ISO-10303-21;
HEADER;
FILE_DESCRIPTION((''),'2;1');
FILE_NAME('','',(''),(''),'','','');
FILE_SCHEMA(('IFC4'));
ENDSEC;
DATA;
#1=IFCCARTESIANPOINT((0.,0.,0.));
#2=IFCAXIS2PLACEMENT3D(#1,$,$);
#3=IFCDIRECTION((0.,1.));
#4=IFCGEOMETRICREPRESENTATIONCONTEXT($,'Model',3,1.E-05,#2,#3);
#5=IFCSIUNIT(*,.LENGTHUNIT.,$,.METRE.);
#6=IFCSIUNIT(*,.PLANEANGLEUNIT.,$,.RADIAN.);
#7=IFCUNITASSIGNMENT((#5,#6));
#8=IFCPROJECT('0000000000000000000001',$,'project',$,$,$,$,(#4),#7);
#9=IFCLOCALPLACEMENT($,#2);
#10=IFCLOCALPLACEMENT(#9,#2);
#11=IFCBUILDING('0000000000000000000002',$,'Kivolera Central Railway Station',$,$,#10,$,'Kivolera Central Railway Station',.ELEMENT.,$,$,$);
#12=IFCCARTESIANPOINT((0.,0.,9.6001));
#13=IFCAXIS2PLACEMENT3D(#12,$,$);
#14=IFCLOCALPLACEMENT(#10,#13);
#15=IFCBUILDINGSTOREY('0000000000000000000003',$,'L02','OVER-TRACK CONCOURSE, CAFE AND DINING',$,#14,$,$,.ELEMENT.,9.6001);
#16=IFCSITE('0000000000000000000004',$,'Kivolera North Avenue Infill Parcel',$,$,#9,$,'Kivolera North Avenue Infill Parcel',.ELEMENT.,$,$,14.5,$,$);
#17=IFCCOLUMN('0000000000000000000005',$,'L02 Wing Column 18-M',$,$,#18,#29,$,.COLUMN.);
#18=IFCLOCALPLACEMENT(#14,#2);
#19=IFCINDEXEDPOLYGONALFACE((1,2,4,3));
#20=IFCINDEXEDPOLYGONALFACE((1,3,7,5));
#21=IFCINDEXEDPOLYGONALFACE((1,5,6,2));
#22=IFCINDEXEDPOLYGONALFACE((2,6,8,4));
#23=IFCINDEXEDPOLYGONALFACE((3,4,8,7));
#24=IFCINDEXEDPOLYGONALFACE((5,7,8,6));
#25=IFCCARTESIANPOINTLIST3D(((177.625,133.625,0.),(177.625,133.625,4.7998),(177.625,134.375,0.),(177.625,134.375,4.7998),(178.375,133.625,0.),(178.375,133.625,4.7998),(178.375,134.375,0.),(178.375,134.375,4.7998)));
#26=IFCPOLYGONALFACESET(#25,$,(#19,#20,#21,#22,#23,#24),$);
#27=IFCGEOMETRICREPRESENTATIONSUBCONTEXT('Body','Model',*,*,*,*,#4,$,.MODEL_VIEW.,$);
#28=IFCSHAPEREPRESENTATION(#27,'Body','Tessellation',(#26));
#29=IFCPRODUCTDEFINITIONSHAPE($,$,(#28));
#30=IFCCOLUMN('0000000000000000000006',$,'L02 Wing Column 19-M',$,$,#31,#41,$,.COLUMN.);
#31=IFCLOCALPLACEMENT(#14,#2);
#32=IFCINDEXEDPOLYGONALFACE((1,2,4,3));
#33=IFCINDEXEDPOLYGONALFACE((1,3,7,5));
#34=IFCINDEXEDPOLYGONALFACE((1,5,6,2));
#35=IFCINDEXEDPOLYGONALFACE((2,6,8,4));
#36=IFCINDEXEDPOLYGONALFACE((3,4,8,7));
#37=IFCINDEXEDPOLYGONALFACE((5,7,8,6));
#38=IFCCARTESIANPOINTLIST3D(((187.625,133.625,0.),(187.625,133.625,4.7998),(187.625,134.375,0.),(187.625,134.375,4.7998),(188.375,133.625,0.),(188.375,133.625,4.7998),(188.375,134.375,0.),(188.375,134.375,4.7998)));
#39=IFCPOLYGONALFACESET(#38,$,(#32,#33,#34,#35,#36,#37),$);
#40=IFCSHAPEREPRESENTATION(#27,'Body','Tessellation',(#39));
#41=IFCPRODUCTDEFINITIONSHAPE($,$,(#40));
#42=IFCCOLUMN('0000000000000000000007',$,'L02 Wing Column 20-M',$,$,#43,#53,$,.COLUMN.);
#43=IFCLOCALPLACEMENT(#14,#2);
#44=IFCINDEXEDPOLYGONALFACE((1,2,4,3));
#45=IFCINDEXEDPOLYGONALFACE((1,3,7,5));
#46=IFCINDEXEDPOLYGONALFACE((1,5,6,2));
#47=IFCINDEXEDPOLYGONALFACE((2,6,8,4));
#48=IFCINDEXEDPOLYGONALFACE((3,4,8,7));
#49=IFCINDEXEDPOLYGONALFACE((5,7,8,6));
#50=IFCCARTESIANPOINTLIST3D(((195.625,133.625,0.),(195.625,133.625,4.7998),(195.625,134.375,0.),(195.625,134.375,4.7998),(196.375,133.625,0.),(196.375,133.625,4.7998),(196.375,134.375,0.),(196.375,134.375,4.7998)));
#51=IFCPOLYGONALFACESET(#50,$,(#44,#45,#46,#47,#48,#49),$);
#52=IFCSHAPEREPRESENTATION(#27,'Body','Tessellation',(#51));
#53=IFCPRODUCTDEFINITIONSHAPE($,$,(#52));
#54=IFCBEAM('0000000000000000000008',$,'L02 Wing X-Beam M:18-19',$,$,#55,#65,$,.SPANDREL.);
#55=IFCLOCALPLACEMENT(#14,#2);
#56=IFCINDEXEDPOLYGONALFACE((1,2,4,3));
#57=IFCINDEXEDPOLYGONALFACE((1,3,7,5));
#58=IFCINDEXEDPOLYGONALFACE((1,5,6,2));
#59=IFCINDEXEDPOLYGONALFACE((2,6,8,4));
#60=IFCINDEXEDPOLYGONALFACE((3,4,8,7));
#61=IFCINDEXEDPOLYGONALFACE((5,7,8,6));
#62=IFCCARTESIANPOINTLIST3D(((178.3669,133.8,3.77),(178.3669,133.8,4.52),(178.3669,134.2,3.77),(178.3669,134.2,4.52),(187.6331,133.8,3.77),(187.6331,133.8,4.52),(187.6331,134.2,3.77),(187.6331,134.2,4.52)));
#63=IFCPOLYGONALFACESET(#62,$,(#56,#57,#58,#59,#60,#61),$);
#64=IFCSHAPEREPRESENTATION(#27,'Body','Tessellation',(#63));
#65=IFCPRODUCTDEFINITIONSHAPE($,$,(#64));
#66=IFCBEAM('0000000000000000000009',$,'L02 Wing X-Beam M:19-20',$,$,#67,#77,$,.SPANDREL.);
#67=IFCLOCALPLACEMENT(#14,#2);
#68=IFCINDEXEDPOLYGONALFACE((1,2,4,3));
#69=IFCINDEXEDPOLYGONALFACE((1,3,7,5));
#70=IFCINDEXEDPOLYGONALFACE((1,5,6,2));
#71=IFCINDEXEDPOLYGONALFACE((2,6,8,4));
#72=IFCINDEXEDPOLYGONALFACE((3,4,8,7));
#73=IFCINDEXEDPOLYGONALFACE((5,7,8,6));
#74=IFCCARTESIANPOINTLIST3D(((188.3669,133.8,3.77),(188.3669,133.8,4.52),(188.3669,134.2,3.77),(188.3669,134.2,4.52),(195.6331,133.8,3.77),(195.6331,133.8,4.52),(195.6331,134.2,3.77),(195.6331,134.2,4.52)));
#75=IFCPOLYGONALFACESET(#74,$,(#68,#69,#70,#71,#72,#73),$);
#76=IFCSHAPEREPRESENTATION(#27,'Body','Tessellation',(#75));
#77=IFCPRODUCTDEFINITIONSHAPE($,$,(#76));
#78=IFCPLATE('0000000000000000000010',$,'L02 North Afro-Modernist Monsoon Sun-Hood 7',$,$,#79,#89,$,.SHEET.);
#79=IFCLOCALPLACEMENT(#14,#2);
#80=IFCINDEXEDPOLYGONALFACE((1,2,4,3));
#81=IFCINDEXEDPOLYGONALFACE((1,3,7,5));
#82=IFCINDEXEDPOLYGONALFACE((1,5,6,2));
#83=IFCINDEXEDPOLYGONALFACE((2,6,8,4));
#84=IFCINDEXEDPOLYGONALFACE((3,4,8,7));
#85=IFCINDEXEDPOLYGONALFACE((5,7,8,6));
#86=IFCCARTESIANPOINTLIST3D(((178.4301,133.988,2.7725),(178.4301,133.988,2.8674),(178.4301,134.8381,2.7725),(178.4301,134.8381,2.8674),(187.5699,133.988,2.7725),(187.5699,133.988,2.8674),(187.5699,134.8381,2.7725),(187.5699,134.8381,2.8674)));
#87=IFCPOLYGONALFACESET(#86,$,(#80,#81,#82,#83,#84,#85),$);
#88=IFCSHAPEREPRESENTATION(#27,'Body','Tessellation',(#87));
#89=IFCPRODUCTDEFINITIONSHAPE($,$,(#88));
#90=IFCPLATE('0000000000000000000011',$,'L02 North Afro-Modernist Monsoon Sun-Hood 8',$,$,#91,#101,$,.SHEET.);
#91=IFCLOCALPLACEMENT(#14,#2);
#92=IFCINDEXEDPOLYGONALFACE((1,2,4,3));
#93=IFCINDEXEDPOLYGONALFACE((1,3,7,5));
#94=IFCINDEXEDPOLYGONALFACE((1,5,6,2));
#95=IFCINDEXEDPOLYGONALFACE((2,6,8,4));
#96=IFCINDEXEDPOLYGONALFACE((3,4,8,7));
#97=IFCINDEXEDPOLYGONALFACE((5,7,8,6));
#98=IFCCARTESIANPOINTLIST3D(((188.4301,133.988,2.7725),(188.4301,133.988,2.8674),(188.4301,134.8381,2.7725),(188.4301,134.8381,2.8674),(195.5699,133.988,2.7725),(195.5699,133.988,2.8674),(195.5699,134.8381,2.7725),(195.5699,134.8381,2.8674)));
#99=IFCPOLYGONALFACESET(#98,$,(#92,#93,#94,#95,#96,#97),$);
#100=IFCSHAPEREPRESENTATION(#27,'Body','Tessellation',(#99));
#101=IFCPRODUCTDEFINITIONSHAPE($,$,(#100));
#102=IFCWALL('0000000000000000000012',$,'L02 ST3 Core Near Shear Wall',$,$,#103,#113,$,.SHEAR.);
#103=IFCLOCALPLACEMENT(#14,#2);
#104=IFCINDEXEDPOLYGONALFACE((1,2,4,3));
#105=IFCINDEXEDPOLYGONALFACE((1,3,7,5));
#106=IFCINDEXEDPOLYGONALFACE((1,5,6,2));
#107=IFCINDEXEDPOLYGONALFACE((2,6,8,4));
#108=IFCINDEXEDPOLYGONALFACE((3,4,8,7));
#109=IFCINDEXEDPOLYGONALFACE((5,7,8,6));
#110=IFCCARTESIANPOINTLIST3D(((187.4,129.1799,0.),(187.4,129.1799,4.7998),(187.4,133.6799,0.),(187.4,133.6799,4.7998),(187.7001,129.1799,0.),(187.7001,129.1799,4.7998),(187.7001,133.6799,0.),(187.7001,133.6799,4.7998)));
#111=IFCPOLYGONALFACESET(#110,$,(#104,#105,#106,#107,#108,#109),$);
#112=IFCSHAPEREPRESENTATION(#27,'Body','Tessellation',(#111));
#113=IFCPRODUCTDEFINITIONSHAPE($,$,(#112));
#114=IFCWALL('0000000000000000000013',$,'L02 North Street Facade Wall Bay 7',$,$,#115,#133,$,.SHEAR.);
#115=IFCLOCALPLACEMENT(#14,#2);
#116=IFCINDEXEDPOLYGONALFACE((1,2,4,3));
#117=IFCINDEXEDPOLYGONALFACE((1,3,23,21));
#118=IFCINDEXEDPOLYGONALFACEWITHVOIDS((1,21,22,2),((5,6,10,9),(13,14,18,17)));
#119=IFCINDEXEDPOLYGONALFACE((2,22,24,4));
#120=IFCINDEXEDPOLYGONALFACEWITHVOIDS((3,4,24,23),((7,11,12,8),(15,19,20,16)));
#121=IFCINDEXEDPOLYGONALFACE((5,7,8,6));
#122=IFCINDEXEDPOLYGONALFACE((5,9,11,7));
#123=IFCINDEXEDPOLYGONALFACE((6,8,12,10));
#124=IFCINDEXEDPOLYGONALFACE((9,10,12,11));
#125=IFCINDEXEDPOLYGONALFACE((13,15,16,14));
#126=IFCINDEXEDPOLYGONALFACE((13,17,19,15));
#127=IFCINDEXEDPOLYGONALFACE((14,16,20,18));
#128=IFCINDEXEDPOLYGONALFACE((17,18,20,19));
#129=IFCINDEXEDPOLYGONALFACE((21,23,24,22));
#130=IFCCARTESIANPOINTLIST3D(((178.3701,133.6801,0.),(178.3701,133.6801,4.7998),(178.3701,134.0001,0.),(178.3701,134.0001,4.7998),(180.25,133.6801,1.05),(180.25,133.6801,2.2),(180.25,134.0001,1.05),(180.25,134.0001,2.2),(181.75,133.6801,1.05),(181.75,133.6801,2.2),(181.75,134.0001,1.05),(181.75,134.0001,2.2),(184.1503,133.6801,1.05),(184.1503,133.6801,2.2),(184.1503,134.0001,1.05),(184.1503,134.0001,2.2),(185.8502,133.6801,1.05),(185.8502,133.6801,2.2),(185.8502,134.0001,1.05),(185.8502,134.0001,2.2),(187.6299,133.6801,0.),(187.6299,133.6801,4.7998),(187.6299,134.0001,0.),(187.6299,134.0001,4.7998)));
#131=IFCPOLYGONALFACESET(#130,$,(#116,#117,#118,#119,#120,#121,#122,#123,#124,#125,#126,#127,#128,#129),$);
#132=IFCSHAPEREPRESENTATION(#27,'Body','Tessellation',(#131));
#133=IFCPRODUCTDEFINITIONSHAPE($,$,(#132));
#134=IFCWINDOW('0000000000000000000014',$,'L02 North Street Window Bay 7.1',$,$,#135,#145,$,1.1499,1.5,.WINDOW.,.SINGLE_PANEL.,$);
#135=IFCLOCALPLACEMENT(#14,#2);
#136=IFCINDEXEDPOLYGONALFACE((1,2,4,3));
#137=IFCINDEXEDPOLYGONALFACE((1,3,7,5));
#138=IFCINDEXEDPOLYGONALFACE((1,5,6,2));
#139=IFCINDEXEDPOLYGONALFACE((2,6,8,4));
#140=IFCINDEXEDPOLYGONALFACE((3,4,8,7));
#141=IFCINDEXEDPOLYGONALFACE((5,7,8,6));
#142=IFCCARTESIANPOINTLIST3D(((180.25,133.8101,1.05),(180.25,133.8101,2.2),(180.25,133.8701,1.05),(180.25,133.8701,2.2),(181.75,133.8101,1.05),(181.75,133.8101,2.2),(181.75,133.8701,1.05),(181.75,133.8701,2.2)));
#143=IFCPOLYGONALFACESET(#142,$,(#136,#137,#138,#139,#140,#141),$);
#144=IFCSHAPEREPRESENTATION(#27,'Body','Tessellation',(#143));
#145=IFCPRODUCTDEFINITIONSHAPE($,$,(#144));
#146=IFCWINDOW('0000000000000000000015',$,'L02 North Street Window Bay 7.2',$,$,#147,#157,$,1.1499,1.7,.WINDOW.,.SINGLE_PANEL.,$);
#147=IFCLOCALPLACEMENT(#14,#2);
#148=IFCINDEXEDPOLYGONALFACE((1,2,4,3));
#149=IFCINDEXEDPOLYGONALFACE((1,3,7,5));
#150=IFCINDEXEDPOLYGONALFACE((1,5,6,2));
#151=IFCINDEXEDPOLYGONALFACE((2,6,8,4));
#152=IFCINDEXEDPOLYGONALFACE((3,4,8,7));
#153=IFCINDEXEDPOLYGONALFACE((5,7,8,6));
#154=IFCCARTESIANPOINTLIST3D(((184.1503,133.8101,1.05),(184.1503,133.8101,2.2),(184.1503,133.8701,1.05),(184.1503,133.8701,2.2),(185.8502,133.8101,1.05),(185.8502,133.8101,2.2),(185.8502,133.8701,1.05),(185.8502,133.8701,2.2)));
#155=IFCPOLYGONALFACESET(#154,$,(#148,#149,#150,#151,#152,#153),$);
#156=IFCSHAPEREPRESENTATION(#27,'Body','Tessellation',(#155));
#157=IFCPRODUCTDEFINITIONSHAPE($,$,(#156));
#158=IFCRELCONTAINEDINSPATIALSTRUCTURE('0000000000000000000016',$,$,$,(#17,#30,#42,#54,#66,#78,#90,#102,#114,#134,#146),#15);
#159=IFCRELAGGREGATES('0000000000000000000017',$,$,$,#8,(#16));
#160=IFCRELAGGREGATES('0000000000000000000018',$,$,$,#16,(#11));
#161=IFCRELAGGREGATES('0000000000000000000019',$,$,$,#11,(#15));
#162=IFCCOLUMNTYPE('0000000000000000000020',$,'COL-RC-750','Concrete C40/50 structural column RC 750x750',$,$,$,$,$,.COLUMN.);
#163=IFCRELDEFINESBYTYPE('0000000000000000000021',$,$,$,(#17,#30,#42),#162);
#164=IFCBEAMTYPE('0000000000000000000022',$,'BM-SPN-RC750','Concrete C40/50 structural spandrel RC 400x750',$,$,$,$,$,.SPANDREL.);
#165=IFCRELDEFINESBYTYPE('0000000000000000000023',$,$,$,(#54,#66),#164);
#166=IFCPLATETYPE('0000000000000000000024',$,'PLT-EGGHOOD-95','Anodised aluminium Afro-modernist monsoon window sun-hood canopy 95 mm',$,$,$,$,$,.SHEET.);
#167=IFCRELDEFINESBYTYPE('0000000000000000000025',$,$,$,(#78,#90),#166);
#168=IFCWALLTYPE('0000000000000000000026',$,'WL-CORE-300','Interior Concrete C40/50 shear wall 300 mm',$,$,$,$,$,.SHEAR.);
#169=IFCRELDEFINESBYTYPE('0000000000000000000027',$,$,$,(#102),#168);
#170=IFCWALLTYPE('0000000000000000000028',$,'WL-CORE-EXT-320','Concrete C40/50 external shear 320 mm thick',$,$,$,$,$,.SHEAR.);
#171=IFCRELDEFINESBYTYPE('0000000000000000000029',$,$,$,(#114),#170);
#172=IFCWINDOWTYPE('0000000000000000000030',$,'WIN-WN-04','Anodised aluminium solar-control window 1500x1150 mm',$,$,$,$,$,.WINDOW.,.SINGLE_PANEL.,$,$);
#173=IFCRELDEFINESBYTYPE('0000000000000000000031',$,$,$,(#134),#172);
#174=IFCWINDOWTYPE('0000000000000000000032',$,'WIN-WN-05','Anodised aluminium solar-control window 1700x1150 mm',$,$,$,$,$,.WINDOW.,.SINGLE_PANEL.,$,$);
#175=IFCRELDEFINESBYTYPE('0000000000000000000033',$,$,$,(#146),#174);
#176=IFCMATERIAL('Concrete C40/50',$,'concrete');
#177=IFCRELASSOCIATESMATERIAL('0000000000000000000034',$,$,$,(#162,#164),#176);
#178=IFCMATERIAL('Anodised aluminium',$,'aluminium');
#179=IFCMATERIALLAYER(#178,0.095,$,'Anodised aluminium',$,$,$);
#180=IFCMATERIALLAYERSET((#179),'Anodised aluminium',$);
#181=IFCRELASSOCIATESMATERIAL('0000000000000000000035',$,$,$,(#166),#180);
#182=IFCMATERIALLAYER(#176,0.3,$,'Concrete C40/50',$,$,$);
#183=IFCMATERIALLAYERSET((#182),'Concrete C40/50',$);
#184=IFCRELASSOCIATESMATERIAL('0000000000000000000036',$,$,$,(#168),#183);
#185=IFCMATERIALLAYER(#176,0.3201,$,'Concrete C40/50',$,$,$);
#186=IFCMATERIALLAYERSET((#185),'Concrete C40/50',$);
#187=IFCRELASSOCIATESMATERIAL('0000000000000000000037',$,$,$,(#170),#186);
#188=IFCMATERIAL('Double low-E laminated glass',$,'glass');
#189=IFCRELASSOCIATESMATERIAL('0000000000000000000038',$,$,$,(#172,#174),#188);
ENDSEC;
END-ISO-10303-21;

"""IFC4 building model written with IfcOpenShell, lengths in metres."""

from ifc_helpers import new_model, si_unit, direction, frame, frame_2d, origin, origin_2d, place, context, subcontext, project, spatial, rectangle, extrude, material, layer, layer_set, material_profile, profile_set, type_object, element, fill, save


model = new_model("IFC4")

# Units and contexts
model_context = context("Model", 3, precision=1e-05, world=origin(), true_north=direction((0.0, 1.0)))
body_context = subcontext(model_context, "Body", "Model", "MODEL_VIEW")
ifc_project = project(units=[si_unit("LENGTHUNIT", "METRE"), si_unit("PLANEANGLEUNIT", "RADIAN")], contexts=[model_context])

# Site, building, storey
site_placement = place(None, origin())
site = spatial("IfcSite", under=ifc_project, at=site_placement, Name="Kivolera North Avenue Infill Parcel", LongName="Kivolera North Avenue Infill Parcel", CompositionType="ELEMENT", RefElevation=14.5)
building_placement = place(site_placement, origin())
building = spatial("IfcBuilding", under=site, at=building_placement, Name="Kivolera Central Railway Station", LongName="Kivolera Central Railway Station", CompositionType="ELEMENT")
storey_placement = place(building_placement, frame((0.0, 0.0, 9.6001)))
storey = spatial("IfcBuildingStorey", under=building, at=storey_placement, Name="L02", Description="OVER-TRACK CONCOURSE, CAFE AND DINING", CompositionType="ELEMENT", Elevation=9.6001)

# Columns
ifc_material_1 = material(Name="Concrete C40/50", Category="concrete")
ifc_material_profile_1 = material_profile(ifc_material_1, rectangle(XDim=0.75, YDim=0.75, at=origin_2d()), Name="RC 750x750")
ifc_profile_set_1 = profile_set([ifc_material_profile_1], Name="Concrete C40/50")
column_type = type_object("IfcColumnType", Name="COL-RC-750", Description="Concrete C40/50 structural column RC 750x750", PredefinedType="COLUMN", material=ifc_profile_set_1)
for number, where, z_axis, x_axis, name in (
    (1, (178.0, 134.0, 0.0), (0.0, 0.0, 1.0), (1.0, 0.0, 0.0), "L02 Wing Column 18-M"),
    (2, (188.0, 134.0, 0.0), (0.0, 0.0, 1.0), (1.0, 0.0, 0.0), "L02 Wing Column 19-M"),
    (3, (196.0, 134.0, 0.0), (0.0, 0.0, 1.0), (1.0, 0.0, 0.0), "L02 Wing Column 20-M"),
):
    element("IfcColumn", number, at=place(storey_placement, frame(where, z_axis=z_axis, x_axis=x_axis)), inside=storey, type_object=column_type, Name=name, PredefinedType="COLUMN", context=body_context, shape_type="SweptSolid", body=[
        extrude(rectangle(XDim=0.75, YDim=0.75, at=origin_2d()), origin(), (0.0, 0.0, 1.0), 4.7998),
    ])

# Beams
ifc_material_profile_2 = material_profile(ifc_material_1, rectangle(XDim=0.3999, YDim=0.75, at=origin_2d()), Name="RC 400x750")
ifc_profile_set_2 = profile_set([ifc_material_profile_2], Name="Concrete C40/50")
beam_type = type_object("IfcBeamType", Name="BM-SPN-RC750", Description="Concrete C40/50 structural spandrel RC 400x750", PredefinedType="SPANDREL", material=ifc_profile_set_2)
beam_1_placement = place(storey_placement, frame((178.3669, 134.0, 4.145), z_axis=(1.0, 0.0, 0.0), x_axis=(0.0, 1.0, 0.0)))
element("IfcBeam", 4, at=beam_1_placement, inside=storey, type_object=beam_type, Name="L02 Wing X-Beam M:18-19", PredefinedType="SPANDREL", context=body_context, shape_type="SweptSolid", body=[
    extrude(rectangle(XDim=0.3999, YDim=0.75, at=origin_2d()), origin(), (0.0, 0.0, 1.0), 9.2661),
])
beam_2_placement = place(storey_placement, frame((188.3669, 134.0, 4.145), z_axis=(1.0, 0.0, 0.0), x_axis=(0.0, 1.0, 0.0)))
element("IfcBeam", 5, at=beam_2_placement, inside=storey, type_object=beam_type, Name="L02 Wing X-Beam M:19-20", PredefinedType="SPANDREL", context=body_context, shape_type="SweptSolid", body=[
    extrude(rectangle(XDim=0.3999, YDim=0.75, at=origin_2d()), origin(), (0.0, 0.0, 1.0), 7.2661),
])

# Plates
ifc_material_2 = material(Name="Anodised aluminium", Category="aluminium")
ifc_layer_1 = layer(ifc_material_2, 0.095, Name="Anodised aluminium")
ifc_layer_set_1 = layer_set([ifc_layer_1], Name="Anodised aluminium")
plate_type = type_object("IfcPlateType", Name="PLT-EGGHOOD-95", Description="Anodised aluminium Afro-modernist monsoon window sun-hood canopy 95 mm", PredefinedType="SHEET", material=ifc_layer_set_1)
plate_1_placement = place(storey_placement, frame((183.0, 134.4131, 2.7725), z_axis=(0.0, 0.0, 1.0), x_axis=(1.0, 0.0, 0.0)))
element("IfcPlate", 6, at=plate_1_placement, inside=storey, type_object=plate_type, Name="L02 North Afro-Modernist Monsoon Sun-Hood 7", PredefinedType="SHEET", context=body_context, shape_type="SweptSolid", body=[
    extrude(rectangle(XDim=9.1399, YDim=0.8501, at=origin_2d()), origin(), (0.0, 0.0, 1.0), 0.095),
])
plate_2_placement = place(storey_placement, frame((192.0, 134.4131, 2.7725), z_axis=(0.0, 0.0, 1.0), x_axis=(1.0, 0.0, 0.0)))
element("IfcPlate", 7, at=plate_2_placement, inside=storey, type_object=plate_type, Name="L02 North Afro-Modernist Monsoon Sun-Hood 8", PredefinedType="SHEET", context=body_context, shape_type="SweptSolid", body=[
    extrude(rectangle(XDim=7.1399, YDim=0.8501, at=origin_2d()), origin(), (0.0, 0.0, 1.0), 0.095),
])

# Wall
ifc_layer_2 = layer(ifc_material_1, 0.3, Name="Concrete C40/50")
ifc_layer_set_2 = layer_set([ifc_layer_2], Name="Concrete C40/50")
wall_type_1 = type_object("IfcWallType", Name="WL-CORE-300", Description="Interior Concrete C40/50 shear wall 300 mm", PredefinedType="SHEAR", material=ifc_layer_set_2)
wall_1_placement = place(storey_placement, frame((187.55, 133.6799, 0.0), z_axis=(0.0, 0.0, 1.0), x_axis=(0.0, -1.0, 0.0)))
element("IfcWall", 8, at=wall_1_placement, inside=storey, type_object=wall_type_1, Name="L02 ST3 Core Near Shear Wall", PredefinedType="SHEAR", context=body_context, shape_type="SweptSolid", body=[
    extrude(rectangle(XDim=4.5, YDim=0.3, at=frame_2d((2.25, 0.0))), origin(), (0.0, 0.0, 1.0), 4.7998),
])

# Wall, openings, windows
ifc_layer_3 = layer(ifc_material_1, 0.3201, Name="Concrete C40/50")
ifc_layer_set_3 = layer_set([ifc_layer_3], Name="Concrete C40/50")
wall_type_2 = type_object("IfcWallType", Name="WL-CORE-EXT-320", Description="Concrete C40/50 external shear 320 mm thick", PredefinedType="SHEAR", material=ifc_layer_set_3)
wall_2_placement = place(storey_placement, frame((178.3701, 133.8401, 0.0), z_axis=(0.0, 0.0, 1.0), x_axis=(1.0, 0.0, 0.0)))
wall_2 = element("IfcWall", 9, at=wall_2_placement, inside=storey, type_object=wall_type_2, Name="L02 North Street Facade Wall Bay 7", PredefinedType="SHEAR", context=body_context, shape_type="SweptSolid", body=[
    extrude(rectangle(XDim=9.2598, YDim=0.3201, at=frame_2d((4.6299, 0.0))), origin(), (0.0, 0.0, 1.0), 4.7998),
])
opening_1_placement = place(wall_2_placement, frame((1.8799, 0.0, 1.05)))
opening_1 = element("IfcOpeningElement", 10, at=opening_1_placement, cuts=wall_2, PredefinedType="OPENING", context=body_context, shape_type="SweptSolid", body=[
    extrude(rectangle(XDim=1.5, YDim=1.1499, at=frame_2d((0.75, 0.575))), frame((0.0, 0.1699, 0.0), z_axis=(0.0, -1.0, 0.0), x_axis=(1.0, 0.0, 0.0)), (0.0, 0.0, 1.0), 0.3401),
])
opening_2_placement = place(wall_2_placement, frame((5.78, 0.0, 1.05)))
opening_2 = element("IfcOpeningElement", 11, at=opening_2_placement, cuts=wall_2, PredefinedType="OPENING", context=body_context, shape_type="SweptSolid", body=[
    extrude(rectangle(XDim=1.7, YDim=1.1499, at=frame_2d((0.8501, 0.575))), frame((0.0, 0.1699, 0.0), z_axis=(0.0, -1.0, 0.0), x_axis=(1.0, 0.0, 0.0)), (0.0, 0.0, 1.0), 0.3401),
])
ifc_material_3 = material(Name="Double low-E laminated glass", Category="glass")
window_type_1 = type_object("IfcWindowType", Name="WIN-WN-04", Description="Anodised aluminium solar-control window 1500x1150 mm", PartitioningType="SINGLE_PANEL", PredefinedType="WINDOW", material=ifc_material_3)
window_1_placement = place(opening_1_placement, origin())
window_1 = element("IfcWindow", 12, at=window_1_placement, inside=storey, type_object=window_type_1, Name="L02 North Street Window Bay 7.1", OverallHeight=1.1499, OverallWidth=1.5, PartitioningType="SINGLE_PANEL", PredefinedType="WINDOW", context=body_context, shape_type="SweptSolid", body=[
    extrude(rectangle(XDim=1.5, YDim=1.1499, at=frame_2d((0.75, 0.575))), frame((0.0, 0.03, 0.0), z_axis=(0.0, -1.0, 0.0), x_axis=(1.0, 0.0, 0.0)), (0.0, 0.0, 1.0), 0.0601),
])
fill(opening_1, window_1)
window_type_2 = type_object("IfcWindowType", Name="WIN-WN-05", Description="Anodised aluminium solar-control window 1700x1150 mm", PartitioningType="SINGLE_PANEL", PredefinedType="WINDOW", material=ifc_material_3)
window_2_placement = place(opening_2_placement, origin())
window_2 = element("IfcWindow", 13, at=window_2_placement, inside=storey, type_object=window_type_2, Name="L02 North Street Window Bay 7.2", OverallHeight=1.1499, OverallWidth=1.7, PartitioningType="SINGLE_PANEL", PredefinedType="WINDOW", context=body_context, shape_type="SweptSolid", body=[
    extrude(rectangle(XDim=1.7, YDim=1.1499, at=frame_2d((0.8501, 0.575))), frame((0.0, 0.03, 0.0), z_axis=(0.0, -1.0, 0.0), x_axis=(1.0, 0.0, 0.0)), (0.0, 0.0, 1.0), 0.0601),
])
fill(opening_2, window_2)

save(model, "model.ifc")
